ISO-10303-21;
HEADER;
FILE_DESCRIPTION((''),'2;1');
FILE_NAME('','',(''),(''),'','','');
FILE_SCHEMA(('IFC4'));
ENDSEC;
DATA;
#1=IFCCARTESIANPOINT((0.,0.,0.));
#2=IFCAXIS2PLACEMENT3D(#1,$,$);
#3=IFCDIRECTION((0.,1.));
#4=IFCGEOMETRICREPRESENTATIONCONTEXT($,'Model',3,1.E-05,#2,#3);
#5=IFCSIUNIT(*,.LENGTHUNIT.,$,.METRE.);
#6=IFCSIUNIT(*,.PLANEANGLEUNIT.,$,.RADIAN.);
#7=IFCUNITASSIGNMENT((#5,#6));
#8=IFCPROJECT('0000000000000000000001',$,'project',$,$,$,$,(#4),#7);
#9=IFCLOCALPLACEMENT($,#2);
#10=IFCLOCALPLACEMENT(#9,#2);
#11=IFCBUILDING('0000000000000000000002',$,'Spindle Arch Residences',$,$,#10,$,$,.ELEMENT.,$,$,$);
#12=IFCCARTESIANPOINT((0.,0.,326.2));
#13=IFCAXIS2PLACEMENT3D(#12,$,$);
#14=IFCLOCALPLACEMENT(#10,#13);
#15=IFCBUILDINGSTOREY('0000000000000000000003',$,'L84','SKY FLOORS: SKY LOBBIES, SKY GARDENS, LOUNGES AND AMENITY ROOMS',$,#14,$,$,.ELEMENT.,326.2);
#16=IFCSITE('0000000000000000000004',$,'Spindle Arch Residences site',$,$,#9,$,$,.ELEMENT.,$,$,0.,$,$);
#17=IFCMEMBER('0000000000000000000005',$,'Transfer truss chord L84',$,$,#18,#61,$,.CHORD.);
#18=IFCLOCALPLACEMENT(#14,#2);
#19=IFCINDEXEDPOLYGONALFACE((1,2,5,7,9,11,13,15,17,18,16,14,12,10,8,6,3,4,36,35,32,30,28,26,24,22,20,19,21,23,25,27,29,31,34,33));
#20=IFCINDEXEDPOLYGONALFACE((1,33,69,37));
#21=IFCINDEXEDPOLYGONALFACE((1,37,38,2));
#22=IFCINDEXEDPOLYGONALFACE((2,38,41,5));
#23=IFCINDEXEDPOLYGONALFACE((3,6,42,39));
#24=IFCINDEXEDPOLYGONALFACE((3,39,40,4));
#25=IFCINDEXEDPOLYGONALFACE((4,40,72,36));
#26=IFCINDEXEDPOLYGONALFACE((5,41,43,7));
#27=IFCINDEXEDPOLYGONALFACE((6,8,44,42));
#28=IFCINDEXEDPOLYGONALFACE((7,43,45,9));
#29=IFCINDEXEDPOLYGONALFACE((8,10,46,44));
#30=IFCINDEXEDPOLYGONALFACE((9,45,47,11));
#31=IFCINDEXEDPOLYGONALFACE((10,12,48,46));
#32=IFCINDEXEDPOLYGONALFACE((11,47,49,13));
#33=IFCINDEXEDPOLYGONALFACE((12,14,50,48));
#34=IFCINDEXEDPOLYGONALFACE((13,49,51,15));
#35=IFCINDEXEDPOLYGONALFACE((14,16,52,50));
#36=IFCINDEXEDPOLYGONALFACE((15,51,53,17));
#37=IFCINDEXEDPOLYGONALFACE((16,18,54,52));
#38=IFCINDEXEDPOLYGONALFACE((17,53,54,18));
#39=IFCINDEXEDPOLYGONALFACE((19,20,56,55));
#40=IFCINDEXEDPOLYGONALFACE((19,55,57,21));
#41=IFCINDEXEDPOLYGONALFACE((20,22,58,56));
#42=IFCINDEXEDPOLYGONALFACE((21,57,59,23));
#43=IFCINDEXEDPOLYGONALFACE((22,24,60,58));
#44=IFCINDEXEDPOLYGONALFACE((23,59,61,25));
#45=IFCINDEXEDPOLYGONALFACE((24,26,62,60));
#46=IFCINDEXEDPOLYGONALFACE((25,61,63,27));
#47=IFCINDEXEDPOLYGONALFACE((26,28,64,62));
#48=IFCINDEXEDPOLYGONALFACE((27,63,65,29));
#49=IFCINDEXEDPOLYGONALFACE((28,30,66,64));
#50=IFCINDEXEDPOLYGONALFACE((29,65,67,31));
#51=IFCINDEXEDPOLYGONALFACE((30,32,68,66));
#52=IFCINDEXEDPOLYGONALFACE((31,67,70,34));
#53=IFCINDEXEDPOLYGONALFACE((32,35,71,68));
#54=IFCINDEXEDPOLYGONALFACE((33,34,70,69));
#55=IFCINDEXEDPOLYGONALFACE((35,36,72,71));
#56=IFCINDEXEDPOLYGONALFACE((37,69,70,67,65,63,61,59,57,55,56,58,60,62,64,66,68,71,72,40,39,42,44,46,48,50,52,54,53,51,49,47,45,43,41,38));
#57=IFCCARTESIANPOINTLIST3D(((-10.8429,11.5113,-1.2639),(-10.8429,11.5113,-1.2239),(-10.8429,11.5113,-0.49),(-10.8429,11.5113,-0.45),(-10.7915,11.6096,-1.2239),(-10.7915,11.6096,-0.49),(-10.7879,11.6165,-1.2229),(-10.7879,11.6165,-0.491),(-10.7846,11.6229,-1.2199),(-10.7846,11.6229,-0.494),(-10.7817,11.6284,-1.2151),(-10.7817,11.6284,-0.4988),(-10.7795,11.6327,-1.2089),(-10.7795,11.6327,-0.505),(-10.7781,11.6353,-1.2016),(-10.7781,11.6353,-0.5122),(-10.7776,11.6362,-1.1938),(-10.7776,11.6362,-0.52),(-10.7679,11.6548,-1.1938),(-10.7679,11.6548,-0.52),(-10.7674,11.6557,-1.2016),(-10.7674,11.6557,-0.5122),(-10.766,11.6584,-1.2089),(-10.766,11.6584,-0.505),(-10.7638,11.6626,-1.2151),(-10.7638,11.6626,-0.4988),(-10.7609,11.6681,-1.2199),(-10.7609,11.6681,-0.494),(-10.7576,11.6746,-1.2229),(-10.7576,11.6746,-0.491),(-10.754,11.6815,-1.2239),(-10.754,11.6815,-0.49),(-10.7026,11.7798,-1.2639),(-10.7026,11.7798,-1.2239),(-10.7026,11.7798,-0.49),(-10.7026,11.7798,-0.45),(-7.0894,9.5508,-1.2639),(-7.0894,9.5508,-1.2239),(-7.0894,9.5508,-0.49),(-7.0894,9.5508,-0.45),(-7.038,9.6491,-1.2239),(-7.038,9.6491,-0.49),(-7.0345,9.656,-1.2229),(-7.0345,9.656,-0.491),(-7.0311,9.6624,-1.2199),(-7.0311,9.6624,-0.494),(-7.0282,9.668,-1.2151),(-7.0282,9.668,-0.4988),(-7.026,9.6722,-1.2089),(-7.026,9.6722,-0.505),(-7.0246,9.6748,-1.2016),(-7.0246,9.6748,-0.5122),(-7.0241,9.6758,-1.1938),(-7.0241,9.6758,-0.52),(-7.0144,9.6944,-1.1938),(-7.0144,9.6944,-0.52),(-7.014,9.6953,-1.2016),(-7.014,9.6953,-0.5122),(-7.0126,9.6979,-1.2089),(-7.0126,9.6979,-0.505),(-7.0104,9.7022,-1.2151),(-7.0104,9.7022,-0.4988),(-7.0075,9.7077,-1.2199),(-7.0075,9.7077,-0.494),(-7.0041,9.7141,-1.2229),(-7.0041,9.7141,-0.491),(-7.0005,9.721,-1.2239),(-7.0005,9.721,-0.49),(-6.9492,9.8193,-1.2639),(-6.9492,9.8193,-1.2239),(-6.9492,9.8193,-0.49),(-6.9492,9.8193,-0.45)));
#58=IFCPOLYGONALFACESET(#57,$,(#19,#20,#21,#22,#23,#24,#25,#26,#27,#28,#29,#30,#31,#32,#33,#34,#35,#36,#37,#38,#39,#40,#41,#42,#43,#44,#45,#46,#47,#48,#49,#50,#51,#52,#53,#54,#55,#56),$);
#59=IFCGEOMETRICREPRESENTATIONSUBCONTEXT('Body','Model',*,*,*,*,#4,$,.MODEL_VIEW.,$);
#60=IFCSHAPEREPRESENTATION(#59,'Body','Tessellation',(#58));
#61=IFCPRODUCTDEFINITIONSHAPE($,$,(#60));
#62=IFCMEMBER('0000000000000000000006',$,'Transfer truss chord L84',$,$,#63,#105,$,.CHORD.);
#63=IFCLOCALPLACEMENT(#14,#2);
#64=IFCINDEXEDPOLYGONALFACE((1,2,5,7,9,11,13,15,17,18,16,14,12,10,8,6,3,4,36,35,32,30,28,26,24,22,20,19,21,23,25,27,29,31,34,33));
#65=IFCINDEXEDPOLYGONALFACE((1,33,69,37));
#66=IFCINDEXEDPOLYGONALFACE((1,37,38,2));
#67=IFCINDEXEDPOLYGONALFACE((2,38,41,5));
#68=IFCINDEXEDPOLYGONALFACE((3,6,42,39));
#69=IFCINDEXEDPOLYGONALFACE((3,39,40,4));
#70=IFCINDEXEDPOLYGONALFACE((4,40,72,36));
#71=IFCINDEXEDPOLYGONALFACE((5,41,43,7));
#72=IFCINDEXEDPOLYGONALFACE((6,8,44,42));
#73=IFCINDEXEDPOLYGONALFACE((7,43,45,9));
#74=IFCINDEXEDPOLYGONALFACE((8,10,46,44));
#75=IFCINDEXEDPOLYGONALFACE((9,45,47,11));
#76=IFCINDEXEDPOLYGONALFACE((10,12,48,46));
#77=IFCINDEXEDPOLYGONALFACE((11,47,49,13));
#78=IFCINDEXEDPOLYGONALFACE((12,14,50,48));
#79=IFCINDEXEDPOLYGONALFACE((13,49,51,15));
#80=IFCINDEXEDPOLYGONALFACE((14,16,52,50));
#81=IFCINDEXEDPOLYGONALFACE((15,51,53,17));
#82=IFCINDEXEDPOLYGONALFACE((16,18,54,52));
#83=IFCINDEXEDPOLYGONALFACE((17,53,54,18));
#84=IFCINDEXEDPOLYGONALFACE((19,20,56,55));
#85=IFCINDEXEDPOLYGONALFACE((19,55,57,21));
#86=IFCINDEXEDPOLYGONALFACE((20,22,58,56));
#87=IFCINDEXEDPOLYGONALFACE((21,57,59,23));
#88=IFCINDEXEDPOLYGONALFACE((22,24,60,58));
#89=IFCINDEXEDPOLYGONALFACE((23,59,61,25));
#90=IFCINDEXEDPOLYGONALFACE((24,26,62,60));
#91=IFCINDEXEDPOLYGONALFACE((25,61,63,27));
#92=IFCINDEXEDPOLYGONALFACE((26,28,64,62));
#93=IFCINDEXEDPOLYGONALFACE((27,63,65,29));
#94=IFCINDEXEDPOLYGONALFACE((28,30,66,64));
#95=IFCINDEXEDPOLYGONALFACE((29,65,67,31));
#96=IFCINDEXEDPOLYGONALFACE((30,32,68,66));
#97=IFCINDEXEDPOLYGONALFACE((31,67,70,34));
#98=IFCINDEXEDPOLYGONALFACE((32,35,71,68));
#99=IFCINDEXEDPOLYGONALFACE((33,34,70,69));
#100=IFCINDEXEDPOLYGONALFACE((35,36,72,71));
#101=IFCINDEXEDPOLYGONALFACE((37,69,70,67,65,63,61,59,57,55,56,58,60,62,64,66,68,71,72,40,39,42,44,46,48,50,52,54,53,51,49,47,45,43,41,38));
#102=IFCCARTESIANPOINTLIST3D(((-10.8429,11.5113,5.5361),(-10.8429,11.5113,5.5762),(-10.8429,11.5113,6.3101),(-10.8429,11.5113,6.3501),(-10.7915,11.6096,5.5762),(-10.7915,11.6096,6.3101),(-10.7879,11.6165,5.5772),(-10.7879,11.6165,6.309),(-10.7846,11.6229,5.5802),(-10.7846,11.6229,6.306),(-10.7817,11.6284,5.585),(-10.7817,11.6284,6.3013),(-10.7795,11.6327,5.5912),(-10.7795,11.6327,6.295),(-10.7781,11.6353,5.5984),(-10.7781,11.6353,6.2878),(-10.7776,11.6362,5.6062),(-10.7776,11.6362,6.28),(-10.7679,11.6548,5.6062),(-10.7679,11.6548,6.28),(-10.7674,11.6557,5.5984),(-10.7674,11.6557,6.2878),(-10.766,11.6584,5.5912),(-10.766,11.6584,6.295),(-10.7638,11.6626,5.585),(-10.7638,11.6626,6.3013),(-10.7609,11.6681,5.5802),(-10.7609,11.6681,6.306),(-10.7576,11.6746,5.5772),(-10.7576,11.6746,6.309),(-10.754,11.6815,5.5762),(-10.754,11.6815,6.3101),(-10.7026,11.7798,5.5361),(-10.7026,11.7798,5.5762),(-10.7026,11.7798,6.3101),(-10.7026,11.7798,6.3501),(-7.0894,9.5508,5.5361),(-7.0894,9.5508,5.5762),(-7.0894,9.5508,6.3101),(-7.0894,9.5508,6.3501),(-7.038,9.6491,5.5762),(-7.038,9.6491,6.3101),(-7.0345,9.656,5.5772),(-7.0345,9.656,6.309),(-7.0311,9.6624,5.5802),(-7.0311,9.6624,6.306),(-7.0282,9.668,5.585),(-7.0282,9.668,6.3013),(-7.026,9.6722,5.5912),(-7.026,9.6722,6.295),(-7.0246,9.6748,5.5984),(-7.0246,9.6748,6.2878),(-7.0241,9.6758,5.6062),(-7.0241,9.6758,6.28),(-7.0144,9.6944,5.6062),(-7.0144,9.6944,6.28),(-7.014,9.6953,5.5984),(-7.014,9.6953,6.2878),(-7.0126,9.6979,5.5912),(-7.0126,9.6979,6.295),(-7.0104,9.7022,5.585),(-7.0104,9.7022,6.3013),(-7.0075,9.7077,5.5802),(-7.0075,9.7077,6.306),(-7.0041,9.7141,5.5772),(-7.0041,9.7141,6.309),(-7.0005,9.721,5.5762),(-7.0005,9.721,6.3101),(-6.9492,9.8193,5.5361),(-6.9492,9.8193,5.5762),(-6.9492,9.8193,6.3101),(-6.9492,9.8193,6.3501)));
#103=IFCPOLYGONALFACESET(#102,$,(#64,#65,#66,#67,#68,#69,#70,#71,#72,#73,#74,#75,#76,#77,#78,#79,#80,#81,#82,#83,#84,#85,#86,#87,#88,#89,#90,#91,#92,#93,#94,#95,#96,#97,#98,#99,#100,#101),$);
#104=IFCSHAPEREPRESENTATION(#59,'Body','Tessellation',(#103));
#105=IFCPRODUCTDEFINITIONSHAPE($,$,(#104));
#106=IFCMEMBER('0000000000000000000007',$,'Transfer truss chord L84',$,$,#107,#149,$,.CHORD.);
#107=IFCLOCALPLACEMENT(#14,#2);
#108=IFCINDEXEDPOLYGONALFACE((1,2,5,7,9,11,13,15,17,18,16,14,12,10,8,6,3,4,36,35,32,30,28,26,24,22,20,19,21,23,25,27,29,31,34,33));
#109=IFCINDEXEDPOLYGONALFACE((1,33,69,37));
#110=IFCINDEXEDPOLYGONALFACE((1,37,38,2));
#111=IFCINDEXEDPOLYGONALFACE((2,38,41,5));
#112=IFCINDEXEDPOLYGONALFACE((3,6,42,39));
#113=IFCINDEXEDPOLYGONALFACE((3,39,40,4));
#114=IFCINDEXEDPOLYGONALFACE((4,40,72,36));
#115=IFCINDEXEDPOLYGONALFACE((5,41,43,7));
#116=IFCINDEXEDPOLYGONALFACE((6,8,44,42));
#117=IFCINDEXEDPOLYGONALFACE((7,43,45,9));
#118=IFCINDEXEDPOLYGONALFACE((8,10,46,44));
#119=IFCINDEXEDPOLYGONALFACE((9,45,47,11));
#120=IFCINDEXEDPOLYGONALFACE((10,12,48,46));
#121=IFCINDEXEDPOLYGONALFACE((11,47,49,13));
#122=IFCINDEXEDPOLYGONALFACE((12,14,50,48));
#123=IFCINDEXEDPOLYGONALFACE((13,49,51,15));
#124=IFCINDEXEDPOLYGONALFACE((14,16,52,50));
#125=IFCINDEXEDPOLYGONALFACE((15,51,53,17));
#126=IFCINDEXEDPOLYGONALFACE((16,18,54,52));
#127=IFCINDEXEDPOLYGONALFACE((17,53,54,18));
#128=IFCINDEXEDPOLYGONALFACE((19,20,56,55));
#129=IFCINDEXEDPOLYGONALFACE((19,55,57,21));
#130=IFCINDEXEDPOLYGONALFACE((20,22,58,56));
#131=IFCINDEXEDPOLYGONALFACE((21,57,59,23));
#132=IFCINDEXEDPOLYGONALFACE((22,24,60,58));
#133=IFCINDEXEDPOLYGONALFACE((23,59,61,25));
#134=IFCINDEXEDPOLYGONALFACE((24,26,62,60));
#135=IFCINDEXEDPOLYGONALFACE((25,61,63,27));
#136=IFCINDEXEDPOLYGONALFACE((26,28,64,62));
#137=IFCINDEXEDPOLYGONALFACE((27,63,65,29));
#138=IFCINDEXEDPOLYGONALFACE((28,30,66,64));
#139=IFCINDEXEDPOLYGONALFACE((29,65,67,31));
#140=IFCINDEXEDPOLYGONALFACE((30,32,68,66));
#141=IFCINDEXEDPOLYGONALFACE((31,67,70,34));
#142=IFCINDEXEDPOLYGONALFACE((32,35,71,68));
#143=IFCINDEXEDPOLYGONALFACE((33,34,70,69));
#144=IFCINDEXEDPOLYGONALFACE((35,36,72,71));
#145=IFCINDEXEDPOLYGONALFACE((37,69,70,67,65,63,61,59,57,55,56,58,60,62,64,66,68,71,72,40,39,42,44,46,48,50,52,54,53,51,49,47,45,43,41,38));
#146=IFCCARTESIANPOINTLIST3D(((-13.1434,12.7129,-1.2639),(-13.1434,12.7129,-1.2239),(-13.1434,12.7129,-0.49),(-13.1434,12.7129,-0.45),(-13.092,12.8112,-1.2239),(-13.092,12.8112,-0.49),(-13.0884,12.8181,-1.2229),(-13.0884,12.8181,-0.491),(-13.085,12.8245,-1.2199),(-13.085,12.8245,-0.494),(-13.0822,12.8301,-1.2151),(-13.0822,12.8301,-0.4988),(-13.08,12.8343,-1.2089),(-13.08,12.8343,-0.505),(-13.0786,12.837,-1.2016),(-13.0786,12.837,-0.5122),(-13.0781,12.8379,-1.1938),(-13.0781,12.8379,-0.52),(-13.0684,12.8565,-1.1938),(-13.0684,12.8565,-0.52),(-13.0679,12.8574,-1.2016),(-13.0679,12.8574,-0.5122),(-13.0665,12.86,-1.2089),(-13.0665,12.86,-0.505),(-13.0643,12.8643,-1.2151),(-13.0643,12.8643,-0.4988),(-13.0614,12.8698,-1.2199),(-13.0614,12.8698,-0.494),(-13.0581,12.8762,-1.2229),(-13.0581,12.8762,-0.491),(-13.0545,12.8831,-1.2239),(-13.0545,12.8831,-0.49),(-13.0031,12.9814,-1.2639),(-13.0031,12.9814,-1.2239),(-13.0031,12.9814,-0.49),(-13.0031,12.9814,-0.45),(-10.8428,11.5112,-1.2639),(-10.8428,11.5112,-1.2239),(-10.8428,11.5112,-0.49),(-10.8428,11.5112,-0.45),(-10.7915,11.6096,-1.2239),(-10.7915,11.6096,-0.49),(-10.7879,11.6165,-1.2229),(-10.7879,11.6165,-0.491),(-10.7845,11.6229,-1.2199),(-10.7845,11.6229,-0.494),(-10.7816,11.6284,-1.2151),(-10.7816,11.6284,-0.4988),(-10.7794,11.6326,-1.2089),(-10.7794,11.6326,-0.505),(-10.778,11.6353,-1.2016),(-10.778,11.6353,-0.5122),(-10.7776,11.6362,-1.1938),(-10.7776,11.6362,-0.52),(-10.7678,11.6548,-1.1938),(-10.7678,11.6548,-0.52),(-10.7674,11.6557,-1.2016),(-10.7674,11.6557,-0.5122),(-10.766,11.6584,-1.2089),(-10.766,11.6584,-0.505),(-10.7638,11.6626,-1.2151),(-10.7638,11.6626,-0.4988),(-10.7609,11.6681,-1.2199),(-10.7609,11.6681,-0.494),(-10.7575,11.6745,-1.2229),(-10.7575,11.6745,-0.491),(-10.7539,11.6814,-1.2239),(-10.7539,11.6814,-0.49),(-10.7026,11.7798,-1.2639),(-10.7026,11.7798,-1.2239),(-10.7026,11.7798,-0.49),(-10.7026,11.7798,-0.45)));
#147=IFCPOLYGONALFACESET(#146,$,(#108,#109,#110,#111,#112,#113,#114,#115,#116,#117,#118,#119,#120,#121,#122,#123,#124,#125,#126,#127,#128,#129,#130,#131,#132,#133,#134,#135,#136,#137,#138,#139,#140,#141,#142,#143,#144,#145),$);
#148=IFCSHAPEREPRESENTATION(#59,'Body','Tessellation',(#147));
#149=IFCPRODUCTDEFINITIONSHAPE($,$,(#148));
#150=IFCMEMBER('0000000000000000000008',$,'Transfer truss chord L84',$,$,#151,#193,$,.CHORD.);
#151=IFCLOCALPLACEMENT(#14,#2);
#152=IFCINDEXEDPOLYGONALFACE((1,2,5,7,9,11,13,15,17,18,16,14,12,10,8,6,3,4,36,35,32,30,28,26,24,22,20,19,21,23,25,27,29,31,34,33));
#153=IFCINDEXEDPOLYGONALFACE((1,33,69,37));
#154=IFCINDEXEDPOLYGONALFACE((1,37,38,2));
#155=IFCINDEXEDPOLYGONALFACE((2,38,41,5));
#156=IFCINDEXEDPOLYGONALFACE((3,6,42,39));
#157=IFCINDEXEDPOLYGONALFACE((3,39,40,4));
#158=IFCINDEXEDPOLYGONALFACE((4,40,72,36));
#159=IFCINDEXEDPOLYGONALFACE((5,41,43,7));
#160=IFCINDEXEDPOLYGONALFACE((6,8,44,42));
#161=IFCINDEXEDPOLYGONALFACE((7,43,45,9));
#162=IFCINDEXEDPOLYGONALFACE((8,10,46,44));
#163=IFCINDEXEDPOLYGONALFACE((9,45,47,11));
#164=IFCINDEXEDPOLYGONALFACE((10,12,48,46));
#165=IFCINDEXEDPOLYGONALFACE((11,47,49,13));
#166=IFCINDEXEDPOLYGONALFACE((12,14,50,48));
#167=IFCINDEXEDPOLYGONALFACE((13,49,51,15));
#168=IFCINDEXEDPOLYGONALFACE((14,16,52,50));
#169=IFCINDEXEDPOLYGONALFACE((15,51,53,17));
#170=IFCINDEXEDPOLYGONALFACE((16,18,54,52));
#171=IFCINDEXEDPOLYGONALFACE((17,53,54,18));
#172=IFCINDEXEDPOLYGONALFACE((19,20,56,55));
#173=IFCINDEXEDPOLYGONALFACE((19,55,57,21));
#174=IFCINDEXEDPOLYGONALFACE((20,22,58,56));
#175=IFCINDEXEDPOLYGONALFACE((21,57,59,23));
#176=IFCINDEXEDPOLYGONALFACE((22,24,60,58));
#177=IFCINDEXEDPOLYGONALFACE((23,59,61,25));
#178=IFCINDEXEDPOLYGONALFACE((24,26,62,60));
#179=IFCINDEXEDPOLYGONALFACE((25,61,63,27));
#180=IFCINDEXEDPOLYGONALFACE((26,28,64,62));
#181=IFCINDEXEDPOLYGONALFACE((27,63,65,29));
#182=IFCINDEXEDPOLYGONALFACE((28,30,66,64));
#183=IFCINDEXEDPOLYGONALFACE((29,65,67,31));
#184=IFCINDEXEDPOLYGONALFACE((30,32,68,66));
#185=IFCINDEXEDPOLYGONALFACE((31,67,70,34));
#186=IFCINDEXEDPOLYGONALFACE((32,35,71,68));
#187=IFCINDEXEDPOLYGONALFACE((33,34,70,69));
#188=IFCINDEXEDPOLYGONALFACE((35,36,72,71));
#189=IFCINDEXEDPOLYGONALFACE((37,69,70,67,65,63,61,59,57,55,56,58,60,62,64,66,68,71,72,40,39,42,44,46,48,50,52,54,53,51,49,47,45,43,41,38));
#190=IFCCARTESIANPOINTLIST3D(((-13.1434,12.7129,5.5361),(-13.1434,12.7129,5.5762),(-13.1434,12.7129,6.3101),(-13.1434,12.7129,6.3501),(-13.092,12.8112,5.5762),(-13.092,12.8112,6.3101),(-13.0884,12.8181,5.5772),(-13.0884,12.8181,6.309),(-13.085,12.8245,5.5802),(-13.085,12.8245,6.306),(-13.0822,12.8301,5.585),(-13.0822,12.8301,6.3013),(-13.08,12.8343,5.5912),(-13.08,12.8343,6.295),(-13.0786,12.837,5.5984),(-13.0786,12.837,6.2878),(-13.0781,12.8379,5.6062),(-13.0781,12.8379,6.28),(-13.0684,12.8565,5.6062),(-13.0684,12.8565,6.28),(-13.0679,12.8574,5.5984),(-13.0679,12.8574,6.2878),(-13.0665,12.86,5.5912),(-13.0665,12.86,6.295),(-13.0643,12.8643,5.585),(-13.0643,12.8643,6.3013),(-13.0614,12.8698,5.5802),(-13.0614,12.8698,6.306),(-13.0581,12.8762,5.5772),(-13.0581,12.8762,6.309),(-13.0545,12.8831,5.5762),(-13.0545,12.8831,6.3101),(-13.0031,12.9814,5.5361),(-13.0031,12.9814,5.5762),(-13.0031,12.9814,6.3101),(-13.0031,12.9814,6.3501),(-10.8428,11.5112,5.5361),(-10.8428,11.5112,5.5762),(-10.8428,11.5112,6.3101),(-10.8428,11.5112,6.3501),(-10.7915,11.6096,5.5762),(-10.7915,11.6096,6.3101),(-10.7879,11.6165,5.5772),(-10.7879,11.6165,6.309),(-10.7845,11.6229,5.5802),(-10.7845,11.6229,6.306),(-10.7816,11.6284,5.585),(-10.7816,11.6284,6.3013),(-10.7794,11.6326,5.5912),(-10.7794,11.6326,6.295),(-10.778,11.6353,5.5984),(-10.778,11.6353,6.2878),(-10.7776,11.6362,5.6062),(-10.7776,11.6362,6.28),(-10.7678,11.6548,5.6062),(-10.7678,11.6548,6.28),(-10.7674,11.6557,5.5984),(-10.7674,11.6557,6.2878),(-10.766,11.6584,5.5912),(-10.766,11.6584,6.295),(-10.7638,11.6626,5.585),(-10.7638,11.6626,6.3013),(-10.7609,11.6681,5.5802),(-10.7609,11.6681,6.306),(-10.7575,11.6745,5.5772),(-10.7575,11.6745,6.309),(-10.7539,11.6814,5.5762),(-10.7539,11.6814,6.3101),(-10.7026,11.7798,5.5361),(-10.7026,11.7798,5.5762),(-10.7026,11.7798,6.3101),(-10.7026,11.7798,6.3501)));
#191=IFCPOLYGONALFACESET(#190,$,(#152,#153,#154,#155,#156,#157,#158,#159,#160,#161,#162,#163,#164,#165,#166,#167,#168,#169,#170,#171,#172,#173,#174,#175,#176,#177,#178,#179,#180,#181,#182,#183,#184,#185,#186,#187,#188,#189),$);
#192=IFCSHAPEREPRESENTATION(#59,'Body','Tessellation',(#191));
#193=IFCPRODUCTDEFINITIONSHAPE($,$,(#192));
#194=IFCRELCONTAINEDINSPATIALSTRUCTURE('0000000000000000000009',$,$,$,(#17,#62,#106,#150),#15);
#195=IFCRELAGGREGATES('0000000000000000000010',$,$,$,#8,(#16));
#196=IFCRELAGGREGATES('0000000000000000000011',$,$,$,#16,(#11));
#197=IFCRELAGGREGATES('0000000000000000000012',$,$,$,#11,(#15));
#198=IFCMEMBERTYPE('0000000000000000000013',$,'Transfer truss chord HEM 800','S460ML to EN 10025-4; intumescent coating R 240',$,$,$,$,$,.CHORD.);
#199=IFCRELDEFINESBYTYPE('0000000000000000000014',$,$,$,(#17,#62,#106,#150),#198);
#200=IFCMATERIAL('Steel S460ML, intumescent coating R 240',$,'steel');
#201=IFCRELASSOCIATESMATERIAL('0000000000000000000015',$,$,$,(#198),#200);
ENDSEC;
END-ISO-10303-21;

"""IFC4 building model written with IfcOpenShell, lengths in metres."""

from ifc_helpers import new_model, si_unit, direction, frame, origin, origin_2d, place, context, subcontext, project, spatial, i_section, extrude, material, material_profile, profile_set, type_object, element, save


model = new_model("IFC4")

# Units and contexts
model_context = context("Model", 3, precision=1e-05, world=origin(), true_north=direction((0.0, 1.0)))
body_context = subcontext(model_context, "Body", "Model", "MODEL_VIEW")
ifc_project = project(units=[si_unit("LENGTHUNIT", "METRE"), si_unit("PLANEANGLEUNIT", "RADIAN")], contexts=[model_context])

# Site, building, storey
site_placement = place(None, origin())
site = spatial("IfcSite", under=ifc_project, at=site_placement, Name="Spindle Arch Residences site", CompositionType="ELEMENT", RefElevation=0.0)
building_placement = place(site_placement, origin())
building = spatial("IfcBuilding", under=site, at=building_placement, Name="Spindle Arch Residences", CompositionType="ELEMENT")
storey_placement = place(building_placement, frame((0.0, 0.0, 326.2)))
storey = spatial("IfcBuildingStorey", under=building, at=storey_placement, Name="L84", Description="SKY FLOORS: SKY LOBBIES, SKY GARDENS, LOUNGES AND AMENITY ROOMS", CompositionType="ELEMENT", Elevation=326.2)

# Members
ifc_material_1 = material(Name="Steel S460ML, intumescent coating R 240", Category="steel")
ifc_material_profile_1 = material_profile(ifc_material_1, i_section(OverallWidth=0.303, OverallDepth=0.814, WebThickness=0.021, FlangeThickness=0.04, FilletRadius=0.03, at=origin_2d()), Name="HEM 800")
ifc_profile_set_1 = profile_set([ifc_material_profile_1], Name="Steel S460ML, intumescent coating R 240")
member_type_1 = type_object("IfcMemberType", Name="Transfer truss chord HEM 800", Description="S460ML to EN 10025-4; intumescent coating R 240", PredefinedType="CHORD", material=ifc_profile_set_1)
for number, where, z_axis, x_axis, name in (
    (1, (-7.0193, 9.6851, -0.8569), (-0.886377, 0.462964, 0.0), (-0.462964, -0.886377, 0.0), "Transfer truss chord L84"),
    (2, (-7.0193, 9.6851, 5.9431), (-0.886377, 0.462964, 0.0), (-0.462964, -0.886377, 0.0), "Transfer truss chord L84"),
):
    element("IfcMember", number, at=place(storey_placement, frame(where, z_axis=z_axis, x_axis=x_axis)), inside=storey, type_object=member_type_1, Name=name, PredefinedType="CHORD", context=body_context, shape_type="SweptSolid", body=[
        extrude(i_section(OverallWidth=0.303, OverallDepth=0.814, WebThickness=0.021, FlangeThickness=0.04, FilletRadius=0.03, at=origin_2d()), origin(), (0.0, 0.0, 1.0), 4.2346),
    ])
for number, where, z_axis, x_axis, name in (
    (3, (-10.7727, 11.6455, -0.8569), (-0.886367, 0.462984, 0.0), (-0.462984, -0.886367, 0.0), "Transfer truss chord L84"),
    (4, (-10.7727, 11.6455, 5.9431), (-0.886367, 0.462984, 0.0), (-0.462984, -0.886367, 0.0), "Transfer truss chord L84"),
):
    element("IfcMember", number, at=place(storey_placement, frame(where, z_axis=z_axis, x_axis=x_axis)), inside=storey, type_object=member_type_1, Name=name, PredefinedType="CHORD", context=body_context, shape_type="SweptSolid", body=[
        extrude(i_section(OverallWidth=0.303, OverallDepth=0.814, WebThickness=0.021, FlangeThickness=0.04, FilletRadius=0.03, at=origin_2d()), origin(), (0.0, 0.0, 1.0), 2.5955),
    ])

save(model, "model.ifc")
